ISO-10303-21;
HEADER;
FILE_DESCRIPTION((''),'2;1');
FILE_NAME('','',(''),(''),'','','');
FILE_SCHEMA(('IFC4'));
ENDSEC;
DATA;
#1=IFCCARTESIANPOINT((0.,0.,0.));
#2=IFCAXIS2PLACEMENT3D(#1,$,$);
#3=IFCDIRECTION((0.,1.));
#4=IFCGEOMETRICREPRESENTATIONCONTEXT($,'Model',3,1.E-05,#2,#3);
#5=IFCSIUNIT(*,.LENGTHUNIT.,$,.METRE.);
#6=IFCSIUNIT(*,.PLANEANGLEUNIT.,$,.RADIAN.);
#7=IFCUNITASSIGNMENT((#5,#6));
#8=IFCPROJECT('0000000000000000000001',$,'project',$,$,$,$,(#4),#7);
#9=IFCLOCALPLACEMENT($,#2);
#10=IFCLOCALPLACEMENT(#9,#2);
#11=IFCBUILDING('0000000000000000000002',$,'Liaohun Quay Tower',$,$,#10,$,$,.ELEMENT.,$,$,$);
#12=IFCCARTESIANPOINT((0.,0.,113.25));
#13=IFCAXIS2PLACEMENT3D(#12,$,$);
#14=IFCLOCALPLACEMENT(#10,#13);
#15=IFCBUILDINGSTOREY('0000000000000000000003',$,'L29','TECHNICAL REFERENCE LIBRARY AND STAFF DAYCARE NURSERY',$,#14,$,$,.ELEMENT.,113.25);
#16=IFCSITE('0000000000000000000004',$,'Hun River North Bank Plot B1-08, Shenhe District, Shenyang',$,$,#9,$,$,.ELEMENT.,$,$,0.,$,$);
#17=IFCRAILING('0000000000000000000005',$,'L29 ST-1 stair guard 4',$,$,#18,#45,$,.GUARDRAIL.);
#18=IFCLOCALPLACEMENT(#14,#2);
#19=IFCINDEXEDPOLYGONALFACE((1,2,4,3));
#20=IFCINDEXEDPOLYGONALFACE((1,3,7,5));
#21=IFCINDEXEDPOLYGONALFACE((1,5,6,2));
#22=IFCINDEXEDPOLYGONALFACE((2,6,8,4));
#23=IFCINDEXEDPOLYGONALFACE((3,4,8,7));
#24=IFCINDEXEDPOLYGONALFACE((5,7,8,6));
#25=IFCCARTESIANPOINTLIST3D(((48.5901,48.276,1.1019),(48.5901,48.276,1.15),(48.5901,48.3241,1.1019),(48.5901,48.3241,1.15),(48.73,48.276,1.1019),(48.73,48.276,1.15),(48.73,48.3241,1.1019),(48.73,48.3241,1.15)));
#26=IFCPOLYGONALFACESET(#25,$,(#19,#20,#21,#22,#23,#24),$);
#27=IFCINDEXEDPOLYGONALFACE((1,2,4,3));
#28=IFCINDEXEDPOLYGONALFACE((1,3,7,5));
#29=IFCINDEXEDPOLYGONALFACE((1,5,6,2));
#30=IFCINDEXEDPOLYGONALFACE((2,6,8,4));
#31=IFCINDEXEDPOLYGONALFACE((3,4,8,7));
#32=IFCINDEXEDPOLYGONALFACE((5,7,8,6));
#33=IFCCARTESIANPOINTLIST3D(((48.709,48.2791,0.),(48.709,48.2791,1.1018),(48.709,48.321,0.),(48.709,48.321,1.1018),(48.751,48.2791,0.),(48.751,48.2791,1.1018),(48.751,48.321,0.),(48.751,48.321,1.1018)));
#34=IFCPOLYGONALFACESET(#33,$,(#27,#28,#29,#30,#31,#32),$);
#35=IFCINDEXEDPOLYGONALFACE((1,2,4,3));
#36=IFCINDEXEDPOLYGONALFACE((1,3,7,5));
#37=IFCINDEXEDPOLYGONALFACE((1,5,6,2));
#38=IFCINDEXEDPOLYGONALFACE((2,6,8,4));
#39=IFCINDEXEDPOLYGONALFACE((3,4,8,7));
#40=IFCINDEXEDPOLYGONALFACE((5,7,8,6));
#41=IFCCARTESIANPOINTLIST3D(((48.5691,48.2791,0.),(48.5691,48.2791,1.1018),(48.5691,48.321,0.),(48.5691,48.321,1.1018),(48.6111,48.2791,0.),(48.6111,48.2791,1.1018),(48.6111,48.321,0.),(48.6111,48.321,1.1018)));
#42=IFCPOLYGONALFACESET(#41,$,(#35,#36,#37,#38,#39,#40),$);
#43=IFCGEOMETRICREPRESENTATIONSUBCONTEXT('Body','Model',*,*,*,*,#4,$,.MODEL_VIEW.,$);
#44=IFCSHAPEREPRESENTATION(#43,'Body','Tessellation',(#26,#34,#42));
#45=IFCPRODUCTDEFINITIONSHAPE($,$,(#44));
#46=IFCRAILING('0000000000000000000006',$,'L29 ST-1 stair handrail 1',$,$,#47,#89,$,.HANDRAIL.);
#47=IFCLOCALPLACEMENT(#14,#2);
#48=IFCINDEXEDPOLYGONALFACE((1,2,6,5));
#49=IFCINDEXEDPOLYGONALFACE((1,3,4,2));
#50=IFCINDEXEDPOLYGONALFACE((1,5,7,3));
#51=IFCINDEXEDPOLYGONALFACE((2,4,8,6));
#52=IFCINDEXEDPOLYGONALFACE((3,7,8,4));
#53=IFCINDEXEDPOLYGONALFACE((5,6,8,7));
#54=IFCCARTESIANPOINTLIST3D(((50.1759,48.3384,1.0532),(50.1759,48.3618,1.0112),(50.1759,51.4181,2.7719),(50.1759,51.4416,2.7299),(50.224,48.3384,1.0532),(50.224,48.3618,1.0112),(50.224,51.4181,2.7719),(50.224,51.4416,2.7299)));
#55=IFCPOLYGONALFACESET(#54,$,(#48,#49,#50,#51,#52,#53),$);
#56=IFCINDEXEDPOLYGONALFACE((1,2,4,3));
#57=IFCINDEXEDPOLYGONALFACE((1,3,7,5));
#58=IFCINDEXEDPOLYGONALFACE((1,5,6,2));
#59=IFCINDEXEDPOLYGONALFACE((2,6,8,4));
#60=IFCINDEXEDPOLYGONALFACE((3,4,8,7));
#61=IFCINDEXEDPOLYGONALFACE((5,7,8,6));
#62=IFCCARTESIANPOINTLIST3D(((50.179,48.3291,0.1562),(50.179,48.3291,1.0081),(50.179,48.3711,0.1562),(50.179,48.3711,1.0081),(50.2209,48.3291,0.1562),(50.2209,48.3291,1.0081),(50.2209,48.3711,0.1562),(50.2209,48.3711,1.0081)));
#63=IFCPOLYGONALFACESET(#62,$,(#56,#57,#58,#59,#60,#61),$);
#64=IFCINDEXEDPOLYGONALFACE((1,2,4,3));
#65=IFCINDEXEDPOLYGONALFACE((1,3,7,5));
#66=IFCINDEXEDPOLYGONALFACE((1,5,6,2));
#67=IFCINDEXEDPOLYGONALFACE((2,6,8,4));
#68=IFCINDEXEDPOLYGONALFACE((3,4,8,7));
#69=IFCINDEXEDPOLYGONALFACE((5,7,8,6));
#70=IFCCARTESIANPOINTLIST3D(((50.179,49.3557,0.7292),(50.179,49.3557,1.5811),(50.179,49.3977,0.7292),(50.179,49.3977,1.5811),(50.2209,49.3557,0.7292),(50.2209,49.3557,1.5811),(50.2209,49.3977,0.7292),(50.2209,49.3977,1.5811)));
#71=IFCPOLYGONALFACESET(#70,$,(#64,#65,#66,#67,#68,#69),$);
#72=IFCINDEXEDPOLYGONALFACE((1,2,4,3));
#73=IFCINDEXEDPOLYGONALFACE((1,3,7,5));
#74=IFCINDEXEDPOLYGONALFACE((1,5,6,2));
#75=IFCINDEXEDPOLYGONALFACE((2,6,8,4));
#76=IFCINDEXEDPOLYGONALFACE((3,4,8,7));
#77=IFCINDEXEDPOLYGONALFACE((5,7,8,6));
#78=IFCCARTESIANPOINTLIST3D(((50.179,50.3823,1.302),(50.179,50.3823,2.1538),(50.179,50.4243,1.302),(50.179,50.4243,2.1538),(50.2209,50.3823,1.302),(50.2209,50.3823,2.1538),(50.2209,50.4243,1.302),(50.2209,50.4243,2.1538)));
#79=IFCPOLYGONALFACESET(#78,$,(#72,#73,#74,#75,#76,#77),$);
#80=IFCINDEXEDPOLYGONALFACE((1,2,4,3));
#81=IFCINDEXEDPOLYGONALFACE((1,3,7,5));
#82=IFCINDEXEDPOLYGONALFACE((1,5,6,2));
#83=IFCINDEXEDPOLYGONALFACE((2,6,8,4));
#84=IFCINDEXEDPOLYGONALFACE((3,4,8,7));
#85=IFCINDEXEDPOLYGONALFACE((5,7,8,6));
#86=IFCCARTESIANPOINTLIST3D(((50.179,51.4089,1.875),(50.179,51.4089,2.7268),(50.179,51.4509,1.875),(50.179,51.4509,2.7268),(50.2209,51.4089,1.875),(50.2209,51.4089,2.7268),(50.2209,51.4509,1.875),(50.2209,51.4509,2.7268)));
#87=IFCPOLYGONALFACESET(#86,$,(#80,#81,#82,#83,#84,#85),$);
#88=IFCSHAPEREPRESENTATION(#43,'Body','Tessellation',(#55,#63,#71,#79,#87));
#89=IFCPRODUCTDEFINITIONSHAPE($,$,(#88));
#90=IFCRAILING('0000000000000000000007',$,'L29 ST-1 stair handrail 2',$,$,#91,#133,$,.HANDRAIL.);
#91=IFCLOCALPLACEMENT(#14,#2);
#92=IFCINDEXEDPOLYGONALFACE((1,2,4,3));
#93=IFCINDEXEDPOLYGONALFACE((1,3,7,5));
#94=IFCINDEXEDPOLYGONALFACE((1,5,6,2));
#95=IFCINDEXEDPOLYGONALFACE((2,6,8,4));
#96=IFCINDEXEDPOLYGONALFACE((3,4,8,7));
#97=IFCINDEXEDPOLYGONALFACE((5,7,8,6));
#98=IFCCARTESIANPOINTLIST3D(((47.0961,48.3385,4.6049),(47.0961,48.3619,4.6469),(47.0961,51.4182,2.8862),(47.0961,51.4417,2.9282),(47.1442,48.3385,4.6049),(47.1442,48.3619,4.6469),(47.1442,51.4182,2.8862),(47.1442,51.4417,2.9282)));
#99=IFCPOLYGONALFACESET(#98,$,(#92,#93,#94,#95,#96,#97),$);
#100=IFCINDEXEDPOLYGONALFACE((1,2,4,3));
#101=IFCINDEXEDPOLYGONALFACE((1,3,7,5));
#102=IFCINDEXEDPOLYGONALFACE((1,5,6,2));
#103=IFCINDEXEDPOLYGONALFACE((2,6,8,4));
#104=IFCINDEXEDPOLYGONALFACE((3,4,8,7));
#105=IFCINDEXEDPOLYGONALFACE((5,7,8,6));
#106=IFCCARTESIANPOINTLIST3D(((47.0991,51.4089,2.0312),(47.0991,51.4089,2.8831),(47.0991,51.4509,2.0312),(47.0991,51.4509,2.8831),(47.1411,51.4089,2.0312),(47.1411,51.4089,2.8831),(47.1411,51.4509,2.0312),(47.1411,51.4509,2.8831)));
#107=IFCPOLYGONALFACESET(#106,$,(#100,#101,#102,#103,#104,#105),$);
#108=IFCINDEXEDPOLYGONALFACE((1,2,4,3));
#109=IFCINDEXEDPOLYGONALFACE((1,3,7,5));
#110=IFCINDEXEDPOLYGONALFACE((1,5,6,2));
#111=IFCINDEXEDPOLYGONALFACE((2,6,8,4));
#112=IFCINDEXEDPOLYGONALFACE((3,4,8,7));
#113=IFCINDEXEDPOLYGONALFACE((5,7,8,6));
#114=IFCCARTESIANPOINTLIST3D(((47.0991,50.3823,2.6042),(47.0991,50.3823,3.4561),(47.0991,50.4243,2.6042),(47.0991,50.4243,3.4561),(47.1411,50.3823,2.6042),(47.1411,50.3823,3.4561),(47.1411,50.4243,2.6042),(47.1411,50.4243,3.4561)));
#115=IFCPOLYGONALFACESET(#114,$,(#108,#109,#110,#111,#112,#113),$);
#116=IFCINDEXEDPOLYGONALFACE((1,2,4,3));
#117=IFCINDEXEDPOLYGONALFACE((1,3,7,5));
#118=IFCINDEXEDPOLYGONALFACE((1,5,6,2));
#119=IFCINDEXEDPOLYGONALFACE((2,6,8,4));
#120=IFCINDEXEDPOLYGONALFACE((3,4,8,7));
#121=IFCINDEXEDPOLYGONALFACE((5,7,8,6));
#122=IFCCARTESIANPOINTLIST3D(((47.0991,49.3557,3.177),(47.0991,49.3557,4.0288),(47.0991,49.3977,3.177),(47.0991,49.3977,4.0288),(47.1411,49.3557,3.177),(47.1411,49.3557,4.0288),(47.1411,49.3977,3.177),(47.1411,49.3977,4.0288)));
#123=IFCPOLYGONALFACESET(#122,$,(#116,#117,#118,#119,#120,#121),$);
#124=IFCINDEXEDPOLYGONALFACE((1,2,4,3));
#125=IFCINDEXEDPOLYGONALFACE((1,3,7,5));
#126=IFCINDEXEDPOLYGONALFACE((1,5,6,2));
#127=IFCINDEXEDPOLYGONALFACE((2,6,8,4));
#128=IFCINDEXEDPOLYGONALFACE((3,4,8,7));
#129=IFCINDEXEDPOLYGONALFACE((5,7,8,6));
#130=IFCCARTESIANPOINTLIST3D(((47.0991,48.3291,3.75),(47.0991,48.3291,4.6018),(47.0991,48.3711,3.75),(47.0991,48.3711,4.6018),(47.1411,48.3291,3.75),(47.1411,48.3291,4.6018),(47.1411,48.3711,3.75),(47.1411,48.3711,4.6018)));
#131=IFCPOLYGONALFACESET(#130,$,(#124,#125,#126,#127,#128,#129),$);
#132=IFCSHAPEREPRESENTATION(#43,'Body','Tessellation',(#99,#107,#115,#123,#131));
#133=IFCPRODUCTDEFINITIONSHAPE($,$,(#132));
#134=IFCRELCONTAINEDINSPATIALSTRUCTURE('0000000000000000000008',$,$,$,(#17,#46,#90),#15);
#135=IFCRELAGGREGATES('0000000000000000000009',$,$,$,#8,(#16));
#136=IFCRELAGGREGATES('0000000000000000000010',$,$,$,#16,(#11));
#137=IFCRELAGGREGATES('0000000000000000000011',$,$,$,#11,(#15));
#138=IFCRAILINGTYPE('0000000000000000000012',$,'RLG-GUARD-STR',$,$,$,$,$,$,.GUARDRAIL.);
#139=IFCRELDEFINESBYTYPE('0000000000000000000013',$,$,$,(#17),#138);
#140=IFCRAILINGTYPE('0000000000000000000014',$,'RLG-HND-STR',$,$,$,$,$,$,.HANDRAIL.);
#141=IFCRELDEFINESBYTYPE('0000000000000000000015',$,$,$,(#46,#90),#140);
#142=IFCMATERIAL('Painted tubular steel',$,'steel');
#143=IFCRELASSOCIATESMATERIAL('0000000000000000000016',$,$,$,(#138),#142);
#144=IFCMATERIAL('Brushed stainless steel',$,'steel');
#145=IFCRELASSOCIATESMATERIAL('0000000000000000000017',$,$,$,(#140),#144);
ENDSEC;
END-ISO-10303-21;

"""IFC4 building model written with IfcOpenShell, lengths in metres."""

from ifc_helpers import new_model, si_unit, direction, frame, origin, origin_2d, place, context, subcontext, project, spatial, rectangle, extrude, material, type_object, element, save


model = new_model("IFC4")

# Units and contexts
model_context = context("Model", 3, precision=1e-05, world=origin(), true_north=direction((0.0, 1.0)))
body_context = subcontext(model_context, "Body", "Model", "MODEL_VIEW")
ifc_project = project(units=[si_unit("LENGTHUNIT", "METRE"), si_unit("PLANEANGLEUNIT", "RADIAN")], contexts=[model_context])

# Site, building, storey
site_placement = place(None, origin())
site = spatial("IfcSite", under=ifc_project, at=site_placement, Name="Hun River North Bank Plot B1-08, Shenhe District, Shenyang", CompositionType="ELEMENT", RefElevation=0.0)
building_placement = place(site_placement, origin())
building = spatial("IfcBuilding", under=site, at=building_placement, Name="Liaohun Quay Tower", CompositionType="ELEMENT")
storey_placement = place(building_placement, frame((0.0, 0.0, 113.25)))
storey = spatial("IfcBuildingStorey", under=building, at=storey_placement, Name="L29", Description="TECHNICAL REFERENCE LIBRARY AND STAFF DAYCARE NURSERY", CompositionType="ELEMENT", Elevation=113.25)

# Railings
ifc_material_1 = material(Name="Painted tubular steel", Category="steel")
railing_type_1 = type_object("IfcRailingType", Name="RLG-GUARD-STR", PredefinedType="GUARDRAIL", material=ifc_material_1)
railing_1_placement = place(storey_placement, frame((48.73, 48.3, 0.0)))
element("IfcRailing", 1, at=railing_1_placement, inside=storey, type_object=railing_type_1, Name="L29 ST-1 stair guard 4", PredefinedType="GUARDRAIL", context=body_context, shape_type="SweptSolid", body=[
    extrude(rectangle(XDim=0.0481, YDim=0.0481, at=origin_2d()), frame((0.0, 0.0, 1.126), z_axis=(-1.0, 0.0, 0.0), x_axis=(0.0, -1.0, 0.0)), (0.0, 0.0, 1.0), 0.1399),
    extrude(rectangle(XDim=0.042, YDim=0.042, at=origin_2d()), origin(), (0.0, 0.0, 1.0), 1.1018),
    extrude(rectangle(XDim=0.042, YDim=0.042, at=origin_2d()), frame((-0.1399, 0.0, 0.0)), (0.0, 0.0, 1.0), 1.1018),
])
ifc_material_2 = material(Name="Brushed stainless steel", Category="steel")
railing_type_2 = type_object("IfcRailingType", Name="RLG-HND-STR", PredefinedType="HANDRAIL", material=ifc_material_2)
railing_2_placement = place(storey_placement, frame((50.2, 48.3501, 0.1562)))
element("IfcRailing", 2, at=railing_2_placement, inside=storey, type_object=railing_type_2, Name="L29 ST-1 stair handrail 1", PredefinedType="HANDRAIL", context=body_context, shape_type="SweptSolid", body=[
    extrude(rectangle(XDim=0.0481, YDim=0.0481, at=origin_2d()), frame((0.0, 0.0, 0.876), z_axis=(0.0, 0.873225, 0.487317), x_axis=(-1.0, 0.0, 0.0)), (0.0, 0.0, 1.0), 3.5269),
    extrude(rectangle(XDim=0.042, YDim=0.042, at=origin_2d()), origin(), (0.0, 0.0, 1.0), 0.8518),
    extrude(rectangle(XDim=0.042, YDim=0.042, at=origin_2d()), frame((0.0, 1.0266, 0.573)), (0.0, 0.0, 1.0), 0.8518),
    extrude(rectangle(XDim=0.042, YDim=0.042, at=origin_2d()), frame((0.0, 2.0532, 1.1458)), (0.0, 0.0, 1.0), 0.8518),
    extrude(rectangle(XDim=0.042, YDim=0.042, at=origin_2d()), frame((0.0, 3.0798, 1.7188)), (0.0, 0.0, 1.0), 0.8518),
])
railing_3_placement = place(storey_placement, frame((47.1201, 51.4299, 2.0312)))
element("IfcRailing", 3, at=railing_3_placement, inside=storey, type_object=railing_type_2, Name="L29 ST-1 stair handrail 2", PredefinedType="HANDRAIL", context=body_context, shape_type="SweptSolid", body=[
    extrude(rectangle(XDim=0.0481, YDim=0.0481, at=origin_2d()), frame((0.0, 0.0, 0.876), z_axis=(0.0, -0.873225, 0.487317), x_axis=(1.0, 0.0, 0.0)), (0.0, 0.0, 1.0), 3.5269),
    extrude(rectangle(XDim=0.042, YDim=0.042, at=origin_2d()), origin(), (0.0, 0.0, 1.0), 0.8518),
    extrude(rectangle(XDim=0.042, YDim=0.042, at=origin_2d()), frame((0.0, -1.0266, 0.573)), (0.0, 0.0, 1.0), 0.8518),
    extrude(rectangle(XDim=0.042, YDim=0.042, at=origin_2d()), frame((0.0, -2.0532, 1.1458)), (0.0, 0.0, 1.0), 0.8518),
    extrude(rectangle(XDim=0.042, YDim=0.042, at=origin_2d()), frame((0.0, -3.0798, 1.7188)), (0.0, 0.0, 1.0), 0.8518),
])

save(model, "model.ifc")
